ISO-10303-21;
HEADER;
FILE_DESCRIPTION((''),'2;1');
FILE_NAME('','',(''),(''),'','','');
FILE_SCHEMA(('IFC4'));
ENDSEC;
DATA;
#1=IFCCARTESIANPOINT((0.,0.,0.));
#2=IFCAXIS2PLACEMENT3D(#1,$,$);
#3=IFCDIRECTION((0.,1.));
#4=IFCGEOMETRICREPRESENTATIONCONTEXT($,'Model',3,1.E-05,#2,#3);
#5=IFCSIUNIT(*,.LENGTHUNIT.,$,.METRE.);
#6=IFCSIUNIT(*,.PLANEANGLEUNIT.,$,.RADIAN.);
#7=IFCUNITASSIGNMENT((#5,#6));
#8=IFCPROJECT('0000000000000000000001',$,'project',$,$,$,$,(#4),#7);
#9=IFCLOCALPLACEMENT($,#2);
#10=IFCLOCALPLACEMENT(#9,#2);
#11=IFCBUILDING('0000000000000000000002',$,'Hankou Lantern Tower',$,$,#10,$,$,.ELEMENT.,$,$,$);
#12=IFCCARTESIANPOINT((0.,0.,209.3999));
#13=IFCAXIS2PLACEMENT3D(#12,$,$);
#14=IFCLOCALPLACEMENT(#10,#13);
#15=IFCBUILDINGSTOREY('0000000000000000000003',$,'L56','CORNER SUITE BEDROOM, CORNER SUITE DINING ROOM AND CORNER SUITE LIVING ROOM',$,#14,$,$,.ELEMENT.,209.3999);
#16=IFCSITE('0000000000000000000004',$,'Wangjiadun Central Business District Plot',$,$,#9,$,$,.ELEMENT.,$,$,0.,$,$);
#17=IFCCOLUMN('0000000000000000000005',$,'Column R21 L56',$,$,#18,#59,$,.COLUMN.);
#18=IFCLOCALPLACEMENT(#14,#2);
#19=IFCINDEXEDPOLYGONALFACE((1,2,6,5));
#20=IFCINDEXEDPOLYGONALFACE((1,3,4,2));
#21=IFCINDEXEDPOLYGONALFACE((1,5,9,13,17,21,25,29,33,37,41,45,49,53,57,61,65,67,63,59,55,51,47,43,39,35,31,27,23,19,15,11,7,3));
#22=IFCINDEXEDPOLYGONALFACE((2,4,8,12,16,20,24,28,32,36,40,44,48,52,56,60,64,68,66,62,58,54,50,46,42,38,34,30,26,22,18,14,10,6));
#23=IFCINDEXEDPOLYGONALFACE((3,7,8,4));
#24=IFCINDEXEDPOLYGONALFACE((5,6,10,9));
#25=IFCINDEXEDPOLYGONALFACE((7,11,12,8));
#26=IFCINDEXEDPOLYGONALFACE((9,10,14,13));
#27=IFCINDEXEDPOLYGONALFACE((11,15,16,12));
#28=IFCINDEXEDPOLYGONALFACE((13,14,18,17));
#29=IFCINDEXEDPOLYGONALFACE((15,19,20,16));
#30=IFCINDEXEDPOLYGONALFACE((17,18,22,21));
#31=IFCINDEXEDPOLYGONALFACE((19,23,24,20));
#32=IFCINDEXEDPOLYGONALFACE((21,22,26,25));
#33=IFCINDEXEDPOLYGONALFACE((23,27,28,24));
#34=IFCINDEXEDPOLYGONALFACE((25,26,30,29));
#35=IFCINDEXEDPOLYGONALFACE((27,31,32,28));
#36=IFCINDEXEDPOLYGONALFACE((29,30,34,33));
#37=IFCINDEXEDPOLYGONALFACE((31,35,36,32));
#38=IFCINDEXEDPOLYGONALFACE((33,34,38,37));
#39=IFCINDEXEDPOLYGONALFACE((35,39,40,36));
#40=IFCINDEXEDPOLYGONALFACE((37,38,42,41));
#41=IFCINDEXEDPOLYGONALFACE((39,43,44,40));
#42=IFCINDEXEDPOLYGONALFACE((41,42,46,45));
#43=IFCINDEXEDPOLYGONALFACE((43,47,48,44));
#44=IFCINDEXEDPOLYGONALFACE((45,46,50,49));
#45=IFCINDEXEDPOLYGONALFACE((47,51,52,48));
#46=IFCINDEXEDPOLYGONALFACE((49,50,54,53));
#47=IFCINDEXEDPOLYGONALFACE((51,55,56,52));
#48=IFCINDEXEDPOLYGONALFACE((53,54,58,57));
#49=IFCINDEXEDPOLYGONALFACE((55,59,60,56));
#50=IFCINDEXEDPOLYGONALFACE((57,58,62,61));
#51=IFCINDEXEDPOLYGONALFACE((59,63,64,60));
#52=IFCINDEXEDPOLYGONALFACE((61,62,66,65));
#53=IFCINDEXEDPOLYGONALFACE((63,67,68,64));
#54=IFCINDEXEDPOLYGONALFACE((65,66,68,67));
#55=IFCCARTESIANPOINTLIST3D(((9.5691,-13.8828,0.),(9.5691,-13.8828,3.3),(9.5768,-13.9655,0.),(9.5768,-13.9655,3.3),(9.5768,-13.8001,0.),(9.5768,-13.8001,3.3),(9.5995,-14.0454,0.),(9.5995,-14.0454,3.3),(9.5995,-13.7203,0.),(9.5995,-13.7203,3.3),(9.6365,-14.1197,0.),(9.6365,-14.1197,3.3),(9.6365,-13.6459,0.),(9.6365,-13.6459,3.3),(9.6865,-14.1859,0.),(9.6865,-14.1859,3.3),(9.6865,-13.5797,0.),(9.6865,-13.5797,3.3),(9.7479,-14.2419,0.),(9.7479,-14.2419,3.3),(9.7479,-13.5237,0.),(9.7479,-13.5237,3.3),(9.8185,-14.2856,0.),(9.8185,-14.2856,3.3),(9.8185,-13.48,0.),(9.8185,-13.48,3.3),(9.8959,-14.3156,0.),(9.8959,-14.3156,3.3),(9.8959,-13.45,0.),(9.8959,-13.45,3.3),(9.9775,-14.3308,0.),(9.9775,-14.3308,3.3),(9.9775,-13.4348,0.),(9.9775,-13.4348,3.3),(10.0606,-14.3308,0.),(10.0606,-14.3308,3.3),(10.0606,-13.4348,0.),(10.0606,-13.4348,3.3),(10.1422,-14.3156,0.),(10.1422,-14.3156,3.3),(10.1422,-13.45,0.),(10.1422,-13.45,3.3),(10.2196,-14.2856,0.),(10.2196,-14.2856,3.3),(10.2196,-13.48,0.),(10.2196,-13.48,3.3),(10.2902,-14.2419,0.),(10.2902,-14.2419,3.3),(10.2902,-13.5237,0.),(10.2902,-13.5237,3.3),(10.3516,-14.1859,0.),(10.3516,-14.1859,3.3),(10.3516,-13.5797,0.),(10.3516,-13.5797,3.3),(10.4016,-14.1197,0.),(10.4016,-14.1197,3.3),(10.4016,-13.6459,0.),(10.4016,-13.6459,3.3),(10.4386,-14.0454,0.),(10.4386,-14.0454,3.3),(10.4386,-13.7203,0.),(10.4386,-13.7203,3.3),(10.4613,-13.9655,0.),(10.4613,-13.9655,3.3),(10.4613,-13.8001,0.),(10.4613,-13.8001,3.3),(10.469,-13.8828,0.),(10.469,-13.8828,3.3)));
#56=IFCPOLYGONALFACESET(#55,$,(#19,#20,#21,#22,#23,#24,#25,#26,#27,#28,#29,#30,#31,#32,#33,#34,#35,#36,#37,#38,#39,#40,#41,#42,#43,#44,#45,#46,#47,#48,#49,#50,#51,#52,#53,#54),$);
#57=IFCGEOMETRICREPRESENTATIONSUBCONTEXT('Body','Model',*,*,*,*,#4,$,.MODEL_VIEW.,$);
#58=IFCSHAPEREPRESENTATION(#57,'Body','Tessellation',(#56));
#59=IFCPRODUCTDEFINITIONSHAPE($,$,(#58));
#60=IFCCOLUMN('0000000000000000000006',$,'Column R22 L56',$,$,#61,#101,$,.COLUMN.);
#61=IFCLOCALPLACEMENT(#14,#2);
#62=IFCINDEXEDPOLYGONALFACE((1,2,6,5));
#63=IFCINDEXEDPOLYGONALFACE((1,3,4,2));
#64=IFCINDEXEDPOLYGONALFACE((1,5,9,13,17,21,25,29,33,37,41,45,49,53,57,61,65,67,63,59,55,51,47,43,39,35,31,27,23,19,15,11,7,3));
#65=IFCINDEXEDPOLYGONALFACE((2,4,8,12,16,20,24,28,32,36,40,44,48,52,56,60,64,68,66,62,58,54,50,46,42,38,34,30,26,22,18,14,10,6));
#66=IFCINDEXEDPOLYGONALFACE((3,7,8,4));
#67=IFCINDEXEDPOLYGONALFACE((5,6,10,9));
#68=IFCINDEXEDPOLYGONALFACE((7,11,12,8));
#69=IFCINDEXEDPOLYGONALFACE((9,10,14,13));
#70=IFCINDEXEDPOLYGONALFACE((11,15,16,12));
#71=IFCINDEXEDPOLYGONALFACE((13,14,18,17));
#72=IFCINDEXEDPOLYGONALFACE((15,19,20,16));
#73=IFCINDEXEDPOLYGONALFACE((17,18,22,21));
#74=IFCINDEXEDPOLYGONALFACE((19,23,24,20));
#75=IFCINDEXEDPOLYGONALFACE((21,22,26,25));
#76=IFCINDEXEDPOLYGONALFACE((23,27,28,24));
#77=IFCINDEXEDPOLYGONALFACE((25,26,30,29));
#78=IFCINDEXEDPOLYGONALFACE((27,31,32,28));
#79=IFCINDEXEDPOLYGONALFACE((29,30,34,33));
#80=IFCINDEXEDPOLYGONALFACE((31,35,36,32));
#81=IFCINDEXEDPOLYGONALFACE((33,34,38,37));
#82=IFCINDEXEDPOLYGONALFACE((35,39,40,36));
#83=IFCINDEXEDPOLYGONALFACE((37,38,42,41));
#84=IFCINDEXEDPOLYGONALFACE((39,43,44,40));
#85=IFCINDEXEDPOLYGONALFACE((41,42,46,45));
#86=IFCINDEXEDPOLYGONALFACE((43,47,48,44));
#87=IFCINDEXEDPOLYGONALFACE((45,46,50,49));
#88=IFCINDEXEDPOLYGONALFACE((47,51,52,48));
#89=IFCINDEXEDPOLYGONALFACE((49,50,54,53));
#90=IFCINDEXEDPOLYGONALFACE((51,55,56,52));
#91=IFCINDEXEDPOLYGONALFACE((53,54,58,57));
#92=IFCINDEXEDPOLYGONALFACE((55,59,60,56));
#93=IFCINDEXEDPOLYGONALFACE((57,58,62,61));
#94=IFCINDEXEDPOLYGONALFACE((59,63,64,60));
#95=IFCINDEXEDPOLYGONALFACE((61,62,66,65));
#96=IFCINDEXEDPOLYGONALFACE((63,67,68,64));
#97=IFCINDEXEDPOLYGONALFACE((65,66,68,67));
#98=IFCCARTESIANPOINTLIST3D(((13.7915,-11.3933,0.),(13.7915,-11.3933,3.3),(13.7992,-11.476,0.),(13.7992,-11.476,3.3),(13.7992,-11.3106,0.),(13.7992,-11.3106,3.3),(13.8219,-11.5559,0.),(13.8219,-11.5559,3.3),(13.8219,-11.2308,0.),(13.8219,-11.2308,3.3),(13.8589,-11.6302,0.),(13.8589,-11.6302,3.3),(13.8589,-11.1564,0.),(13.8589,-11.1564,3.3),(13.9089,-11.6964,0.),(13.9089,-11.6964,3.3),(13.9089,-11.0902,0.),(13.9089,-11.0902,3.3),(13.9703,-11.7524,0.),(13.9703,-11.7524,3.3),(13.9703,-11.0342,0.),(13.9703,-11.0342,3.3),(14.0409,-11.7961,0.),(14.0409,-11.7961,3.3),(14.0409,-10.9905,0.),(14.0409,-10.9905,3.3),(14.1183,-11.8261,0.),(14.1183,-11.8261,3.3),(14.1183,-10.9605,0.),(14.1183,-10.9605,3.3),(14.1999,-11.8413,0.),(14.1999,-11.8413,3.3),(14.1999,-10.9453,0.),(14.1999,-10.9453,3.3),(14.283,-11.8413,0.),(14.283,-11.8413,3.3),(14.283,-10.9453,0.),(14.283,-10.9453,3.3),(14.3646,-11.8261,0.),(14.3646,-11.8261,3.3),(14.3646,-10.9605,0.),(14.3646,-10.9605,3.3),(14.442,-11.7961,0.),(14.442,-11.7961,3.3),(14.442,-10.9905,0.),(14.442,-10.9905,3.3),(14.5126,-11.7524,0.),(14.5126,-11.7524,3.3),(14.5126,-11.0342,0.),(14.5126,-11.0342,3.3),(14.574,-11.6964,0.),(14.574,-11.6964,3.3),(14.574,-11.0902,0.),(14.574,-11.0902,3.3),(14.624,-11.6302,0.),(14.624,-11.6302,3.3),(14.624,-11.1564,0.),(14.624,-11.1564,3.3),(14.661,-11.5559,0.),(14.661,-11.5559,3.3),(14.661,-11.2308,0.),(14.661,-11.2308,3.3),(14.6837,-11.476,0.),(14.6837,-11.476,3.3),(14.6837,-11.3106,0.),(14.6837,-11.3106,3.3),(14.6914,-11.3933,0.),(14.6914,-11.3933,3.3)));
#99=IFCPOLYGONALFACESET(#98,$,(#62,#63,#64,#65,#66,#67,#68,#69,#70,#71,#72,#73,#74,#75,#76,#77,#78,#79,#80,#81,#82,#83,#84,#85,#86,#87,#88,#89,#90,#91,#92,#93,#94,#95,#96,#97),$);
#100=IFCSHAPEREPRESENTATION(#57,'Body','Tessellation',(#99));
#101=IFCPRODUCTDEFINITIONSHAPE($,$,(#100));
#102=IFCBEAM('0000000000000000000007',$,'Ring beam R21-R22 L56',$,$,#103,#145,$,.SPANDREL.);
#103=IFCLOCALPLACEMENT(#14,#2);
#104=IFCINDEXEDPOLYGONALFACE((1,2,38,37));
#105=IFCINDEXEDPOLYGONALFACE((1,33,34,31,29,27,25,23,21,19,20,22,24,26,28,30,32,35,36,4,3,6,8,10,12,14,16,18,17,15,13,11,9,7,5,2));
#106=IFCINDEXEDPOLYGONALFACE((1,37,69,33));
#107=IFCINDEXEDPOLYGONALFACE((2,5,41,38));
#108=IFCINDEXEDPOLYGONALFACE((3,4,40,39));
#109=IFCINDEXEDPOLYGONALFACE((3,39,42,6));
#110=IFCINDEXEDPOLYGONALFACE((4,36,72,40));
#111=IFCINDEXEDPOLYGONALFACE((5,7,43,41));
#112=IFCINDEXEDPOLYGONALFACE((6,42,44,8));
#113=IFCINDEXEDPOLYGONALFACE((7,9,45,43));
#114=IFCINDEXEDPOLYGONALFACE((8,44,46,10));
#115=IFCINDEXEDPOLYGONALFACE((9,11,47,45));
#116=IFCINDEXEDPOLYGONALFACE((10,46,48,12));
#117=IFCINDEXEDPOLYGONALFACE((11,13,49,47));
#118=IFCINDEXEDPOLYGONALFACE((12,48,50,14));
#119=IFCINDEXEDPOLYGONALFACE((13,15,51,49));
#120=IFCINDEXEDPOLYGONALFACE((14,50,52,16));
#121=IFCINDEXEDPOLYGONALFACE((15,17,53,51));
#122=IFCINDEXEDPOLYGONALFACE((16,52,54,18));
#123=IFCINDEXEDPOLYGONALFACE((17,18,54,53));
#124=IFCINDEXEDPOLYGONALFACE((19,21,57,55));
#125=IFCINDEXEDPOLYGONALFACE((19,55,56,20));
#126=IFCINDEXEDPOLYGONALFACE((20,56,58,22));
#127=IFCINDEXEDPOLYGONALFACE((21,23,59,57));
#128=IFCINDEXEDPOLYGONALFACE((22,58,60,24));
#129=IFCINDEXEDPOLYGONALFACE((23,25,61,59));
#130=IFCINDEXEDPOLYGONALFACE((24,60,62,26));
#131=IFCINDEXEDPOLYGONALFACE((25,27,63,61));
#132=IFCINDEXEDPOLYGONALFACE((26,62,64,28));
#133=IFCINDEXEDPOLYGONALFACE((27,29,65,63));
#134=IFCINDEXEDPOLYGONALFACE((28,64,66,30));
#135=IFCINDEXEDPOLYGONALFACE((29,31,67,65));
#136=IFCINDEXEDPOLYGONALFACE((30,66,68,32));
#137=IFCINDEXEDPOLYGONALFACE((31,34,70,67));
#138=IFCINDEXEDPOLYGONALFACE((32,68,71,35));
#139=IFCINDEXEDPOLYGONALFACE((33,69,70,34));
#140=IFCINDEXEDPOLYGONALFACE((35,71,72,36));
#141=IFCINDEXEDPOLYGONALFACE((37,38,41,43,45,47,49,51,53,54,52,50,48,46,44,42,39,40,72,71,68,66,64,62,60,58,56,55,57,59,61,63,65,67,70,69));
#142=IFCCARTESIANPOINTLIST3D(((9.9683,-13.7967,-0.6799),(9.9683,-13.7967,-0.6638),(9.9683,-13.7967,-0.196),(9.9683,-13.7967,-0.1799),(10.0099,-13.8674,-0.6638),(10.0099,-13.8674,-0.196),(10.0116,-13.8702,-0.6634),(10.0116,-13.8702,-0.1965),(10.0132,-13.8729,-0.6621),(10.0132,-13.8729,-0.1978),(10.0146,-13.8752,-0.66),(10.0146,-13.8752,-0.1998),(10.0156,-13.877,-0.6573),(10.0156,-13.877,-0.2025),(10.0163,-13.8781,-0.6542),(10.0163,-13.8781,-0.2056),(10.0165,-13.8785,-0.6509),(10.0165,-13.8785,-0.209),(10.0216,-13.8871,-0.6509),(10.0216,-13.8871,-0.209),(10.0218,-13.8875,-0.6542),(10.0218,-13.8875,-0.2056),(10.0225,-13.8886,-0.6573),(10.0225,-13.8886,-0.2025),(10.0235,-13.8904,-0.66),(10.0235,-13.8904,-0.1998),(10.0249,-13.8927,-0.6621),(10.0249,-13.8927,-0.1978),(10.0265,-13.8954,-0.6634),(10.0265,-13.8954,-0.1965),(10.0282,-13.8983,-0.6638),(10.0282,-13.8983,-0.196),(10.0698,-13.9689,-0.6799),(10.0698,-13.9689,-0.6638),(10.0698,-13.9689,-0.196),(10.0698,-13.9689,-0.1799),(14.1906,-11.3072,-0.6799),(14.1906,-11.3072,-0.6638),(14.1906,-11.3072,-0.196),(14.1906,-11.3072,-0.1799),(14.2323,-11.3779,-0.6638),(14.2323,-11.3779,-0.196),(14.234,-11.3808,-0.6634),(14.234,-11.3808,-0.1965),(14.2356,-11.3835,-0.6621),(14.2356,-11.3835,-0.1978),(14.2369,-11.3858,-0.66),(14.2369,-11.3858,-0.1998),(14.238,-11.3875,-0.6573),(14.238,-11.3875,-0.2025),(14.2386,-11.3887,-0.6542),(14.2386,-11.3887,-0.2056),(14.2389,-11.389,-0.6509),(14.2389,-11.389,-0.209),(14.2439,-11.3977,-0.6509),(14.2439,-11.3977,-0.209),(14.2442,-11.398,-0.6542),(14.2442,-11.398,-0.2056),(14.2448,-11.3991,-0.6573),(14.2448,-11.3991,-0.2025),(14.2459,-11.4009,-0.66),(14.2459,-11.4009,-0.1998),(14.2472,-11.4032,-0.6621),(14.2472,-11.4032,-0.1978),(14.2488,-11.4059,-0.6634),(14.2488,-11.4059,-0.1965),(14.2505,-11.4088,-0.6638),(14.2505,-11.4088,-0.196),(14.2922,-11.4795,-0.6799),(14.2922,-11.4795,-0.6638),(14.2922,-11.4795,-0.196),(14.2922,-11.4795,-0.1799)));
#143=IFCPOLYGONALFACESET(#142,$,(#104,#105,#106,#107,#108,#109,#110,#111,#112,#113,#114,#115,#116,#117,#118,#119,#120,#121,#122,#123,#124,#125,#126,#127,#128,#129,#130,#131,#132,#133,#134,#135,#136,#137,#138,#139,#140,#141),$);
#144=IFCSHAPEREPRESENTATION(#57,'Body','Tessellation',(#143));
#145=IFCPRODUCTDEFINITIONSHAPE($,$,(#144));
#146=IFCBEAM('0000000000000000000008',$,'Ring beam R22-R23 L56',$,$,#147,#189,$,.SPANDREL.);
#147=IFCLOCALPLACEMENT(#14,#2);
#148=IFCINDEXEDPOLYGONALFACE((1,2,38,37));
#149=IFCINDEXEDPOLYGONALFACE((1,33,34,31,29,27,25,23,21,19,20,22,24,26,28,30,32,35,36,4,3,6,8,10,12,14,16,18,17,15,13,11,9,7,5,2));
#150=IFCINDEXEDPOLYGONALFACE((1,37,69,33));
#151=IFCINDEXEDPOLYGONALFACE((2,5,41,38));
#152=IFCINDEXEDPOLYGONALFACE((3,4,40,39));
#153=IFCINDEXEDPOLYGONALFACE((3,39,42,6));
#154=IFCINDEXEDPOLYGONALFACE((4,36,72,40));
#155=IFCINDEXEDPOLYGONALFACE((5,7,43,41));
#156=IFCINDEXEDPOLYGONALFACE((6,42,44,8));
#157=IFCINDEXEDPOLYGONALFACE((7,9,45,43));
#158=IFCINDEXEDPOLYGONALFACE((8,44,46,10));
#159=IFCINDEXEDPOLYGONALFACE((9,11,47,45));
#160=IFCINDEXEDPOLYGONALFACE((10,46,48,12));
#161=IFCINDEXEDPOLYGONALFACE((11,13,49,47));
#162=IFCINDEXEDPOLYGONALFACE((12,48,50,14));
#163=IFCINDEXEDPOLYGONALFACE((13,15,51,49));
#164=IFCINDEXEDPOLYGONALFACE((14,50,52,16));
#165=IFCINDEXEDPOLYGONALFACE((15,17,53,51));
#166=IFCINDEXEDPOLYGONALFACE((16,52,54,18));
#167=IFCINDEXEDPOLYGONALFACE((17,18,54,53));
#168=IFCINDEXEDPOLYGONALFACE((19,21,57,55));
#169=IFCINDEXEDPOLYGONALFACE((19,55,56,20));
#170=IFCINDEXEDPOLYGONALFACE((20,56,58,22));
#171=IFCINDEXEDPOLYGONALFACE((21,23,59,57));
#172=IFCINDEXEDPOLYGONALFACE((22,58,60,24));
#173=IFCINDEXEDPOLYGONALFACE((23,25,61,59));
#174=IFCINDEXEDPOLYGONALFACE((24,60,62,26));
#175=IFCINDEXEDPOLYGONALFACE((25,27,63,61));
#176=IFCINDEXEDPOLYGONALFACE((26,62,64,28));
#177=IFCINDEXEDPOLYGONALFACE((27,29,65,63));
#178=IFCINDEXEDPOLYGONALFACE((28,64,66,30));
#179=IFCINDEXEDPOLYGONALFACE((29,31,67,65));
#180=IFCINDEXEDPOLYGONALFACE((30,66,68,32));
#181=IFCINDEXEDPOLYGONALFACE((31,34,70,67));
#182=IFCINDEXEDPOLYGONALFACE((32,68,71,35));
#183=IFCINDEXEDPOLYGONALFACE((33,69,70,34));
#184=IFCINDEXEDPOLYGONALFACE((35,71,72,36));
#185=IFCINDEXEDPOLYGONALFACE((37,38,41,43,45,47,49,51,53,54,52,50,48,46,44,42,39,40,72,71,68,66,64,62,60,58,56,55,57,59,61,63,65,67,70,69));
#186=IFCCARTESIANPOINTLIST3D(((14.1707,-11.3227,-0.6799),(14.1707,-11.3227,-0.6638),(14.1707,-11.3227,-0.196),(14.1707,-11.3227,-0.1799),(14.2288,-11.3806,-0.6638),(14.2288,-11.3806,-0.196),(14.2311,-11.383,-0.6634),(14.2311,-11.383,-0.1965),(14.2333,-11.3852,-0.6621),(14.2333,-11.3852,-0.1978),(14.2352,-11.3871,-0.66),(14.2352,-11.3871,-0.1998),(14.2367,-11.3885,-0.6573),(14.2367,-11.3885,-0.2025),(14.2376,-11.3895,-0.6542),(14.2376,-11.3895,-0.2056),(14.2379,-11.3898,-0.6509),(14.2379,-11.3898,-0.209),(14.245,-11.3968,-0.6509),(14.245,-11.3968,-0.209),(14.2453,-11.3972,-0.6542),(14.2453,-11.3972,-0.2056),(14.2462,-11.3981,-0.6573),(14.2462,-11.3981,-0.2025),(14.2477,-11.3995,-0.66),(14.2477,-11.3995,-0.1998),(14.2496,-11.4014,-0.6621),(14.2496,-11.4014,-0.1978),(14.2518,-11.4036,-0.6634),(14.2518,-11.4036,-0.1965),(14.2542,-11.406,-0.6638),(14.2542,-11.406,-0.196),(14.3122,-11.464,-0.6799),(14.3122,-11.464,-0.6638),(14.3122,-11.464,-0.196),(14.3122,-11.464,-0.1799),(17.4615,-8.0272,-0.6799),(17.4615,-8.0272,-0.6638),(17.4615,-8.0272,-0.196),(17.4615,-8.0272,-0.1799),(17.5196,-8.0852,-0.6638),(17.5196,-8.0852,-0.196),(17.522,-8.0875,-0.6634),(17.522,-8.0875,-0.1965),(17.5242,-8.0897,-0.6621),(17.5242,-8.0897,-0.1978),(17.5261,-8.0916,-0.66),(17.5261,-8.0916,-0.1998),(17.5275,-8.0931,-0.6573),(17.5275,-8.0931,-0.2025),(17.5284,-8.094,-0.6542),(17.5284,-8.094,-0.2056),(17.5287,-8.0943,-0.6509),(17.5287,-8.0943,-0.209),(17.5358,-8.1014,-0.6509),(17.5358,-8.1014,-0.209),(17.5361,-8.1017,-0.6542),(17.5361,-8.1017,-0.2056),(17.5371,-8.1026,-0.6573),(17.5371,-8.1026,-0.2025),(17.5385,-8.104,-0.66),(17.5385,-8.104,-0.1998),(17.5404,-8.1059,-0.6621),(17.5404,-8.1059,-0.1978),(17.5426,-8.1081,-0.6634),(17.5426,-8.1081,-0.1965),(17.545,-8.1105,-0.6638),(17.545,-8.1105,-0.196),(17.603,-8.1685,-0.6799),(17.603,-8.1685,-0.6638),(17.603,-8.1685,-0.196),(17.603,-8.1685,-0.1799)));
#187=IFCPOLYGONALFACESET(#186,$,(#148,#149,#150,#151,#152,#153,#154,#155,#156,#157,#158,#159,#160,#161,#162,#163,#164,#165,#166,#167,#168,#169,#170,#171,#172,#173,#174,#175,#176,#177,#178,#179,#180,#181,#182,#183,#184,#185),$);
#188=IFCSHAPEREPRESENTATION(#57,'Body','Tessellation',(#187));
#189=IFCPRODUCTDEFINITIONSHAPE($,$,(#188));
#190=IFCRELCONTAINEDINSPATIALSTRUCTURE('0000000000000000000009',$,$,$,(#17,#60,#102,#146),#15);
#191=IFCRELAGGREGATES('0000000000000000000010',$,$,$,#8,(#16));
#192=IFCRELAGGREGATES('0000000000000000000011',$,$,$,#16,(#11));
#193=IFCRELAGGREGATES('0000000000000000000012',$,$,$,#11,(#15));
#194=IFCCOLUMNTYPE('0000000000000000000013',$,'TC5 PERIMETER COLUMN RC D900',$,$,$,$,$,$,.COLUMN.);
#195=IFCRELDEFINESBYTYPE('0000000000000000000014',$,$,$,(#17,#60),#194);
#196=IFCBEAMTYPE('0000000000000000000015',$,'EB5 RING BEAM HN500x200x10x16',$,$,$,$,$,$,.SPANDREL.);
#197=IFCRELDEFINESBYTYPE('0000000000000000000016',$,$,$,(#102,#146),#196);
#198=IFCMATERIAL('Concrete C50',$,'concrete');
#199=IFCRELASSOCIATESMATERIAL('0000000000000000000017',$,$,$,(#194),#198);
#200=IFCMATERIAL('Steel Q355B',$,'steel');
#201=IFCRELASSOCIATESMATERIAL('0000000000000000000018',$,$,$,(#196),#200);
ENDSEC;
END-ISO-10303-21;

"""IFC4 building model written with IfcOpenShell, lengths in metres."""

from ifc_helpers import new_model, si_unit, direction, frame, origin, origin_2d, place, context, subcontext, project, spatial, circle, i_section, extrude, material, material_profile, profile_set, type_object, element, save


model = new_model("IFC4")

# Units and contexts
model_context = context("Model", 3, precision=1e-05, world=origin(), true_north=direction((0.0, 1.0)))
body_context = subcontext(model_context, "Body", "Model", "MODEL_VIEW")
ifc_project = project(units=[si_unit("LENGTHUNIT", "METRE"), si_unit("PLANEANGLEUNIT", "RADIAN")], contexts=[model_context])

# Site, building, storey
site_placement = place(None, origin())
site = spatial("IfcSite", under=ifc_project, at=site_placement, Name="Wangjiadun Central Business District Plot", CompositionType="ELEMENT", RefElevation=0.0)
building_placement = place(site_placement, origin())
building = spatial("IfcBuilding", under=site, at=building_placement, Name="Hankou Lantern Tower", CompositionType="ELEMENT")
storey_placement = place(building_placement, frame((0.0, 0.0, 209.3999)))
storey = spatial("IfcBuildingStorey", under=building, at=storey_placement, Name="L56", Description="CORNER SUITE BEDROOM, CORNER SUITE DINING ROOM AND CORNER SUITE LIVING ROOM", CompositionType="ELEMENT", Elevation=209.3999)

# Columns
ifc_material_1 = material(Name="Concrete C50", Category="concrete")
ifc_material_profile_1 = material_profile(ifc_material_1, circle(Radius=0.45, at=origin_2d()), Name="RC D900")
ifc_profile_set_1 = profile_set([ifc_material_profile_1], Name="Concrete C50")
column_type = type_object("IfcColumnType", Name="TC5 PERIMETER COLUMN RC D900", PredefinedType="COLUMN", material=ifc_profile_set_1)
for number, where, z_axis, x_axis, name in (
    (1, (10.019, -13.8828, 0.0), (0.0, 0.0, 1.0), (1.0, 0.0, 0.0), "Column R21 L56"),
    (2, (14.2415, -11.3933, 0.0), (0.0, 0.0, 1.0), (1.0, 0.0, 0.0), "Column R22 L56"),
):
    element("IfcColumn", number, at=place(storey_placement, frame(where, z_axis=z_axis, x_axis=x_axis)), inside=storey, type_object=column_type, Name=name, PredefinedType="COLUMN", context=body_context, shape_type="SweptSolid", body=[
        extrude(circle(Radius=0.45, at=origin_2d()), origin(), (0.0, 0.0, 1.0), 3.3),
    ])

# Beams
ifc_material_2 = material(Name="Steel Q355B", Category="steel")
ifc_material_profile_2 = material_profile(ifc_material_2, i_section(OverallWidth=0.2, OverallDepth=0.5, WebThickness=0.01, FlangeThickness=0.0161, FilletRadius=0.0129, at=origin_2d()), Name="HN500x200x10x16")
ifc_profile_set_2 = profile_set([ifc_material_profile_2], Name="Steel Q355B")
beam_type_1 = type_object("IfcBeamType", Name="EB5 RING BEAM HN500x200x10x16", PredefinedType="SPANDREL", material=ifc_profile_set_2)
beam_1_placement = place(storey_placement, frame((10.019, -13.8828, -0.4299), z_axis=(0.861423, 0.507888, 0.0), x_axis=(-0.507888, 0.861423, 0.0)))
element("IfcBeam", 3, at=beam_1_placement, inside=storey, type_object=beam_type_1, Name="Ring beam R21-R22 L56", PredefinedType="SPANDREL", context=body_context, shape_type="SweptSolid", body=[
    extrude(i_section(OverallWidth=0.2, OverallDepth=0.5, WebThickness=0.01, FlangeThickness=0.0161, FilletRadius=0.0129, at=origin_2d()), origin(), (0.0, 0.0, 1.0), 4.9016),
])
beam_2_placement = place(storey_placement, frame((14.2415, -11.3933, -0.4299), z_axis=(0.706609, 0.707605, 0.0), x_axis=(-0.707605, 0.706609, 0.0)))
element("IfcBeam", 4, at=beam_2_placement, inside=storey, type_object=beam_type_1, Name="Ring beam R22-R23 L56", PredefinedType="SPANDREL", context=body_context, shape_type="SweptSolid", body=[
    extrude(i_section(OverallWidth=0.2, OverallDepth=0.5, WebThickness=0.01, FlangeThickness=0.0161, FilletRadius=0.0129, at=origin_2d()), origin(), (0.0, 0.0, 1.0), 4.6572),
])

save(model, "model.ifc")
